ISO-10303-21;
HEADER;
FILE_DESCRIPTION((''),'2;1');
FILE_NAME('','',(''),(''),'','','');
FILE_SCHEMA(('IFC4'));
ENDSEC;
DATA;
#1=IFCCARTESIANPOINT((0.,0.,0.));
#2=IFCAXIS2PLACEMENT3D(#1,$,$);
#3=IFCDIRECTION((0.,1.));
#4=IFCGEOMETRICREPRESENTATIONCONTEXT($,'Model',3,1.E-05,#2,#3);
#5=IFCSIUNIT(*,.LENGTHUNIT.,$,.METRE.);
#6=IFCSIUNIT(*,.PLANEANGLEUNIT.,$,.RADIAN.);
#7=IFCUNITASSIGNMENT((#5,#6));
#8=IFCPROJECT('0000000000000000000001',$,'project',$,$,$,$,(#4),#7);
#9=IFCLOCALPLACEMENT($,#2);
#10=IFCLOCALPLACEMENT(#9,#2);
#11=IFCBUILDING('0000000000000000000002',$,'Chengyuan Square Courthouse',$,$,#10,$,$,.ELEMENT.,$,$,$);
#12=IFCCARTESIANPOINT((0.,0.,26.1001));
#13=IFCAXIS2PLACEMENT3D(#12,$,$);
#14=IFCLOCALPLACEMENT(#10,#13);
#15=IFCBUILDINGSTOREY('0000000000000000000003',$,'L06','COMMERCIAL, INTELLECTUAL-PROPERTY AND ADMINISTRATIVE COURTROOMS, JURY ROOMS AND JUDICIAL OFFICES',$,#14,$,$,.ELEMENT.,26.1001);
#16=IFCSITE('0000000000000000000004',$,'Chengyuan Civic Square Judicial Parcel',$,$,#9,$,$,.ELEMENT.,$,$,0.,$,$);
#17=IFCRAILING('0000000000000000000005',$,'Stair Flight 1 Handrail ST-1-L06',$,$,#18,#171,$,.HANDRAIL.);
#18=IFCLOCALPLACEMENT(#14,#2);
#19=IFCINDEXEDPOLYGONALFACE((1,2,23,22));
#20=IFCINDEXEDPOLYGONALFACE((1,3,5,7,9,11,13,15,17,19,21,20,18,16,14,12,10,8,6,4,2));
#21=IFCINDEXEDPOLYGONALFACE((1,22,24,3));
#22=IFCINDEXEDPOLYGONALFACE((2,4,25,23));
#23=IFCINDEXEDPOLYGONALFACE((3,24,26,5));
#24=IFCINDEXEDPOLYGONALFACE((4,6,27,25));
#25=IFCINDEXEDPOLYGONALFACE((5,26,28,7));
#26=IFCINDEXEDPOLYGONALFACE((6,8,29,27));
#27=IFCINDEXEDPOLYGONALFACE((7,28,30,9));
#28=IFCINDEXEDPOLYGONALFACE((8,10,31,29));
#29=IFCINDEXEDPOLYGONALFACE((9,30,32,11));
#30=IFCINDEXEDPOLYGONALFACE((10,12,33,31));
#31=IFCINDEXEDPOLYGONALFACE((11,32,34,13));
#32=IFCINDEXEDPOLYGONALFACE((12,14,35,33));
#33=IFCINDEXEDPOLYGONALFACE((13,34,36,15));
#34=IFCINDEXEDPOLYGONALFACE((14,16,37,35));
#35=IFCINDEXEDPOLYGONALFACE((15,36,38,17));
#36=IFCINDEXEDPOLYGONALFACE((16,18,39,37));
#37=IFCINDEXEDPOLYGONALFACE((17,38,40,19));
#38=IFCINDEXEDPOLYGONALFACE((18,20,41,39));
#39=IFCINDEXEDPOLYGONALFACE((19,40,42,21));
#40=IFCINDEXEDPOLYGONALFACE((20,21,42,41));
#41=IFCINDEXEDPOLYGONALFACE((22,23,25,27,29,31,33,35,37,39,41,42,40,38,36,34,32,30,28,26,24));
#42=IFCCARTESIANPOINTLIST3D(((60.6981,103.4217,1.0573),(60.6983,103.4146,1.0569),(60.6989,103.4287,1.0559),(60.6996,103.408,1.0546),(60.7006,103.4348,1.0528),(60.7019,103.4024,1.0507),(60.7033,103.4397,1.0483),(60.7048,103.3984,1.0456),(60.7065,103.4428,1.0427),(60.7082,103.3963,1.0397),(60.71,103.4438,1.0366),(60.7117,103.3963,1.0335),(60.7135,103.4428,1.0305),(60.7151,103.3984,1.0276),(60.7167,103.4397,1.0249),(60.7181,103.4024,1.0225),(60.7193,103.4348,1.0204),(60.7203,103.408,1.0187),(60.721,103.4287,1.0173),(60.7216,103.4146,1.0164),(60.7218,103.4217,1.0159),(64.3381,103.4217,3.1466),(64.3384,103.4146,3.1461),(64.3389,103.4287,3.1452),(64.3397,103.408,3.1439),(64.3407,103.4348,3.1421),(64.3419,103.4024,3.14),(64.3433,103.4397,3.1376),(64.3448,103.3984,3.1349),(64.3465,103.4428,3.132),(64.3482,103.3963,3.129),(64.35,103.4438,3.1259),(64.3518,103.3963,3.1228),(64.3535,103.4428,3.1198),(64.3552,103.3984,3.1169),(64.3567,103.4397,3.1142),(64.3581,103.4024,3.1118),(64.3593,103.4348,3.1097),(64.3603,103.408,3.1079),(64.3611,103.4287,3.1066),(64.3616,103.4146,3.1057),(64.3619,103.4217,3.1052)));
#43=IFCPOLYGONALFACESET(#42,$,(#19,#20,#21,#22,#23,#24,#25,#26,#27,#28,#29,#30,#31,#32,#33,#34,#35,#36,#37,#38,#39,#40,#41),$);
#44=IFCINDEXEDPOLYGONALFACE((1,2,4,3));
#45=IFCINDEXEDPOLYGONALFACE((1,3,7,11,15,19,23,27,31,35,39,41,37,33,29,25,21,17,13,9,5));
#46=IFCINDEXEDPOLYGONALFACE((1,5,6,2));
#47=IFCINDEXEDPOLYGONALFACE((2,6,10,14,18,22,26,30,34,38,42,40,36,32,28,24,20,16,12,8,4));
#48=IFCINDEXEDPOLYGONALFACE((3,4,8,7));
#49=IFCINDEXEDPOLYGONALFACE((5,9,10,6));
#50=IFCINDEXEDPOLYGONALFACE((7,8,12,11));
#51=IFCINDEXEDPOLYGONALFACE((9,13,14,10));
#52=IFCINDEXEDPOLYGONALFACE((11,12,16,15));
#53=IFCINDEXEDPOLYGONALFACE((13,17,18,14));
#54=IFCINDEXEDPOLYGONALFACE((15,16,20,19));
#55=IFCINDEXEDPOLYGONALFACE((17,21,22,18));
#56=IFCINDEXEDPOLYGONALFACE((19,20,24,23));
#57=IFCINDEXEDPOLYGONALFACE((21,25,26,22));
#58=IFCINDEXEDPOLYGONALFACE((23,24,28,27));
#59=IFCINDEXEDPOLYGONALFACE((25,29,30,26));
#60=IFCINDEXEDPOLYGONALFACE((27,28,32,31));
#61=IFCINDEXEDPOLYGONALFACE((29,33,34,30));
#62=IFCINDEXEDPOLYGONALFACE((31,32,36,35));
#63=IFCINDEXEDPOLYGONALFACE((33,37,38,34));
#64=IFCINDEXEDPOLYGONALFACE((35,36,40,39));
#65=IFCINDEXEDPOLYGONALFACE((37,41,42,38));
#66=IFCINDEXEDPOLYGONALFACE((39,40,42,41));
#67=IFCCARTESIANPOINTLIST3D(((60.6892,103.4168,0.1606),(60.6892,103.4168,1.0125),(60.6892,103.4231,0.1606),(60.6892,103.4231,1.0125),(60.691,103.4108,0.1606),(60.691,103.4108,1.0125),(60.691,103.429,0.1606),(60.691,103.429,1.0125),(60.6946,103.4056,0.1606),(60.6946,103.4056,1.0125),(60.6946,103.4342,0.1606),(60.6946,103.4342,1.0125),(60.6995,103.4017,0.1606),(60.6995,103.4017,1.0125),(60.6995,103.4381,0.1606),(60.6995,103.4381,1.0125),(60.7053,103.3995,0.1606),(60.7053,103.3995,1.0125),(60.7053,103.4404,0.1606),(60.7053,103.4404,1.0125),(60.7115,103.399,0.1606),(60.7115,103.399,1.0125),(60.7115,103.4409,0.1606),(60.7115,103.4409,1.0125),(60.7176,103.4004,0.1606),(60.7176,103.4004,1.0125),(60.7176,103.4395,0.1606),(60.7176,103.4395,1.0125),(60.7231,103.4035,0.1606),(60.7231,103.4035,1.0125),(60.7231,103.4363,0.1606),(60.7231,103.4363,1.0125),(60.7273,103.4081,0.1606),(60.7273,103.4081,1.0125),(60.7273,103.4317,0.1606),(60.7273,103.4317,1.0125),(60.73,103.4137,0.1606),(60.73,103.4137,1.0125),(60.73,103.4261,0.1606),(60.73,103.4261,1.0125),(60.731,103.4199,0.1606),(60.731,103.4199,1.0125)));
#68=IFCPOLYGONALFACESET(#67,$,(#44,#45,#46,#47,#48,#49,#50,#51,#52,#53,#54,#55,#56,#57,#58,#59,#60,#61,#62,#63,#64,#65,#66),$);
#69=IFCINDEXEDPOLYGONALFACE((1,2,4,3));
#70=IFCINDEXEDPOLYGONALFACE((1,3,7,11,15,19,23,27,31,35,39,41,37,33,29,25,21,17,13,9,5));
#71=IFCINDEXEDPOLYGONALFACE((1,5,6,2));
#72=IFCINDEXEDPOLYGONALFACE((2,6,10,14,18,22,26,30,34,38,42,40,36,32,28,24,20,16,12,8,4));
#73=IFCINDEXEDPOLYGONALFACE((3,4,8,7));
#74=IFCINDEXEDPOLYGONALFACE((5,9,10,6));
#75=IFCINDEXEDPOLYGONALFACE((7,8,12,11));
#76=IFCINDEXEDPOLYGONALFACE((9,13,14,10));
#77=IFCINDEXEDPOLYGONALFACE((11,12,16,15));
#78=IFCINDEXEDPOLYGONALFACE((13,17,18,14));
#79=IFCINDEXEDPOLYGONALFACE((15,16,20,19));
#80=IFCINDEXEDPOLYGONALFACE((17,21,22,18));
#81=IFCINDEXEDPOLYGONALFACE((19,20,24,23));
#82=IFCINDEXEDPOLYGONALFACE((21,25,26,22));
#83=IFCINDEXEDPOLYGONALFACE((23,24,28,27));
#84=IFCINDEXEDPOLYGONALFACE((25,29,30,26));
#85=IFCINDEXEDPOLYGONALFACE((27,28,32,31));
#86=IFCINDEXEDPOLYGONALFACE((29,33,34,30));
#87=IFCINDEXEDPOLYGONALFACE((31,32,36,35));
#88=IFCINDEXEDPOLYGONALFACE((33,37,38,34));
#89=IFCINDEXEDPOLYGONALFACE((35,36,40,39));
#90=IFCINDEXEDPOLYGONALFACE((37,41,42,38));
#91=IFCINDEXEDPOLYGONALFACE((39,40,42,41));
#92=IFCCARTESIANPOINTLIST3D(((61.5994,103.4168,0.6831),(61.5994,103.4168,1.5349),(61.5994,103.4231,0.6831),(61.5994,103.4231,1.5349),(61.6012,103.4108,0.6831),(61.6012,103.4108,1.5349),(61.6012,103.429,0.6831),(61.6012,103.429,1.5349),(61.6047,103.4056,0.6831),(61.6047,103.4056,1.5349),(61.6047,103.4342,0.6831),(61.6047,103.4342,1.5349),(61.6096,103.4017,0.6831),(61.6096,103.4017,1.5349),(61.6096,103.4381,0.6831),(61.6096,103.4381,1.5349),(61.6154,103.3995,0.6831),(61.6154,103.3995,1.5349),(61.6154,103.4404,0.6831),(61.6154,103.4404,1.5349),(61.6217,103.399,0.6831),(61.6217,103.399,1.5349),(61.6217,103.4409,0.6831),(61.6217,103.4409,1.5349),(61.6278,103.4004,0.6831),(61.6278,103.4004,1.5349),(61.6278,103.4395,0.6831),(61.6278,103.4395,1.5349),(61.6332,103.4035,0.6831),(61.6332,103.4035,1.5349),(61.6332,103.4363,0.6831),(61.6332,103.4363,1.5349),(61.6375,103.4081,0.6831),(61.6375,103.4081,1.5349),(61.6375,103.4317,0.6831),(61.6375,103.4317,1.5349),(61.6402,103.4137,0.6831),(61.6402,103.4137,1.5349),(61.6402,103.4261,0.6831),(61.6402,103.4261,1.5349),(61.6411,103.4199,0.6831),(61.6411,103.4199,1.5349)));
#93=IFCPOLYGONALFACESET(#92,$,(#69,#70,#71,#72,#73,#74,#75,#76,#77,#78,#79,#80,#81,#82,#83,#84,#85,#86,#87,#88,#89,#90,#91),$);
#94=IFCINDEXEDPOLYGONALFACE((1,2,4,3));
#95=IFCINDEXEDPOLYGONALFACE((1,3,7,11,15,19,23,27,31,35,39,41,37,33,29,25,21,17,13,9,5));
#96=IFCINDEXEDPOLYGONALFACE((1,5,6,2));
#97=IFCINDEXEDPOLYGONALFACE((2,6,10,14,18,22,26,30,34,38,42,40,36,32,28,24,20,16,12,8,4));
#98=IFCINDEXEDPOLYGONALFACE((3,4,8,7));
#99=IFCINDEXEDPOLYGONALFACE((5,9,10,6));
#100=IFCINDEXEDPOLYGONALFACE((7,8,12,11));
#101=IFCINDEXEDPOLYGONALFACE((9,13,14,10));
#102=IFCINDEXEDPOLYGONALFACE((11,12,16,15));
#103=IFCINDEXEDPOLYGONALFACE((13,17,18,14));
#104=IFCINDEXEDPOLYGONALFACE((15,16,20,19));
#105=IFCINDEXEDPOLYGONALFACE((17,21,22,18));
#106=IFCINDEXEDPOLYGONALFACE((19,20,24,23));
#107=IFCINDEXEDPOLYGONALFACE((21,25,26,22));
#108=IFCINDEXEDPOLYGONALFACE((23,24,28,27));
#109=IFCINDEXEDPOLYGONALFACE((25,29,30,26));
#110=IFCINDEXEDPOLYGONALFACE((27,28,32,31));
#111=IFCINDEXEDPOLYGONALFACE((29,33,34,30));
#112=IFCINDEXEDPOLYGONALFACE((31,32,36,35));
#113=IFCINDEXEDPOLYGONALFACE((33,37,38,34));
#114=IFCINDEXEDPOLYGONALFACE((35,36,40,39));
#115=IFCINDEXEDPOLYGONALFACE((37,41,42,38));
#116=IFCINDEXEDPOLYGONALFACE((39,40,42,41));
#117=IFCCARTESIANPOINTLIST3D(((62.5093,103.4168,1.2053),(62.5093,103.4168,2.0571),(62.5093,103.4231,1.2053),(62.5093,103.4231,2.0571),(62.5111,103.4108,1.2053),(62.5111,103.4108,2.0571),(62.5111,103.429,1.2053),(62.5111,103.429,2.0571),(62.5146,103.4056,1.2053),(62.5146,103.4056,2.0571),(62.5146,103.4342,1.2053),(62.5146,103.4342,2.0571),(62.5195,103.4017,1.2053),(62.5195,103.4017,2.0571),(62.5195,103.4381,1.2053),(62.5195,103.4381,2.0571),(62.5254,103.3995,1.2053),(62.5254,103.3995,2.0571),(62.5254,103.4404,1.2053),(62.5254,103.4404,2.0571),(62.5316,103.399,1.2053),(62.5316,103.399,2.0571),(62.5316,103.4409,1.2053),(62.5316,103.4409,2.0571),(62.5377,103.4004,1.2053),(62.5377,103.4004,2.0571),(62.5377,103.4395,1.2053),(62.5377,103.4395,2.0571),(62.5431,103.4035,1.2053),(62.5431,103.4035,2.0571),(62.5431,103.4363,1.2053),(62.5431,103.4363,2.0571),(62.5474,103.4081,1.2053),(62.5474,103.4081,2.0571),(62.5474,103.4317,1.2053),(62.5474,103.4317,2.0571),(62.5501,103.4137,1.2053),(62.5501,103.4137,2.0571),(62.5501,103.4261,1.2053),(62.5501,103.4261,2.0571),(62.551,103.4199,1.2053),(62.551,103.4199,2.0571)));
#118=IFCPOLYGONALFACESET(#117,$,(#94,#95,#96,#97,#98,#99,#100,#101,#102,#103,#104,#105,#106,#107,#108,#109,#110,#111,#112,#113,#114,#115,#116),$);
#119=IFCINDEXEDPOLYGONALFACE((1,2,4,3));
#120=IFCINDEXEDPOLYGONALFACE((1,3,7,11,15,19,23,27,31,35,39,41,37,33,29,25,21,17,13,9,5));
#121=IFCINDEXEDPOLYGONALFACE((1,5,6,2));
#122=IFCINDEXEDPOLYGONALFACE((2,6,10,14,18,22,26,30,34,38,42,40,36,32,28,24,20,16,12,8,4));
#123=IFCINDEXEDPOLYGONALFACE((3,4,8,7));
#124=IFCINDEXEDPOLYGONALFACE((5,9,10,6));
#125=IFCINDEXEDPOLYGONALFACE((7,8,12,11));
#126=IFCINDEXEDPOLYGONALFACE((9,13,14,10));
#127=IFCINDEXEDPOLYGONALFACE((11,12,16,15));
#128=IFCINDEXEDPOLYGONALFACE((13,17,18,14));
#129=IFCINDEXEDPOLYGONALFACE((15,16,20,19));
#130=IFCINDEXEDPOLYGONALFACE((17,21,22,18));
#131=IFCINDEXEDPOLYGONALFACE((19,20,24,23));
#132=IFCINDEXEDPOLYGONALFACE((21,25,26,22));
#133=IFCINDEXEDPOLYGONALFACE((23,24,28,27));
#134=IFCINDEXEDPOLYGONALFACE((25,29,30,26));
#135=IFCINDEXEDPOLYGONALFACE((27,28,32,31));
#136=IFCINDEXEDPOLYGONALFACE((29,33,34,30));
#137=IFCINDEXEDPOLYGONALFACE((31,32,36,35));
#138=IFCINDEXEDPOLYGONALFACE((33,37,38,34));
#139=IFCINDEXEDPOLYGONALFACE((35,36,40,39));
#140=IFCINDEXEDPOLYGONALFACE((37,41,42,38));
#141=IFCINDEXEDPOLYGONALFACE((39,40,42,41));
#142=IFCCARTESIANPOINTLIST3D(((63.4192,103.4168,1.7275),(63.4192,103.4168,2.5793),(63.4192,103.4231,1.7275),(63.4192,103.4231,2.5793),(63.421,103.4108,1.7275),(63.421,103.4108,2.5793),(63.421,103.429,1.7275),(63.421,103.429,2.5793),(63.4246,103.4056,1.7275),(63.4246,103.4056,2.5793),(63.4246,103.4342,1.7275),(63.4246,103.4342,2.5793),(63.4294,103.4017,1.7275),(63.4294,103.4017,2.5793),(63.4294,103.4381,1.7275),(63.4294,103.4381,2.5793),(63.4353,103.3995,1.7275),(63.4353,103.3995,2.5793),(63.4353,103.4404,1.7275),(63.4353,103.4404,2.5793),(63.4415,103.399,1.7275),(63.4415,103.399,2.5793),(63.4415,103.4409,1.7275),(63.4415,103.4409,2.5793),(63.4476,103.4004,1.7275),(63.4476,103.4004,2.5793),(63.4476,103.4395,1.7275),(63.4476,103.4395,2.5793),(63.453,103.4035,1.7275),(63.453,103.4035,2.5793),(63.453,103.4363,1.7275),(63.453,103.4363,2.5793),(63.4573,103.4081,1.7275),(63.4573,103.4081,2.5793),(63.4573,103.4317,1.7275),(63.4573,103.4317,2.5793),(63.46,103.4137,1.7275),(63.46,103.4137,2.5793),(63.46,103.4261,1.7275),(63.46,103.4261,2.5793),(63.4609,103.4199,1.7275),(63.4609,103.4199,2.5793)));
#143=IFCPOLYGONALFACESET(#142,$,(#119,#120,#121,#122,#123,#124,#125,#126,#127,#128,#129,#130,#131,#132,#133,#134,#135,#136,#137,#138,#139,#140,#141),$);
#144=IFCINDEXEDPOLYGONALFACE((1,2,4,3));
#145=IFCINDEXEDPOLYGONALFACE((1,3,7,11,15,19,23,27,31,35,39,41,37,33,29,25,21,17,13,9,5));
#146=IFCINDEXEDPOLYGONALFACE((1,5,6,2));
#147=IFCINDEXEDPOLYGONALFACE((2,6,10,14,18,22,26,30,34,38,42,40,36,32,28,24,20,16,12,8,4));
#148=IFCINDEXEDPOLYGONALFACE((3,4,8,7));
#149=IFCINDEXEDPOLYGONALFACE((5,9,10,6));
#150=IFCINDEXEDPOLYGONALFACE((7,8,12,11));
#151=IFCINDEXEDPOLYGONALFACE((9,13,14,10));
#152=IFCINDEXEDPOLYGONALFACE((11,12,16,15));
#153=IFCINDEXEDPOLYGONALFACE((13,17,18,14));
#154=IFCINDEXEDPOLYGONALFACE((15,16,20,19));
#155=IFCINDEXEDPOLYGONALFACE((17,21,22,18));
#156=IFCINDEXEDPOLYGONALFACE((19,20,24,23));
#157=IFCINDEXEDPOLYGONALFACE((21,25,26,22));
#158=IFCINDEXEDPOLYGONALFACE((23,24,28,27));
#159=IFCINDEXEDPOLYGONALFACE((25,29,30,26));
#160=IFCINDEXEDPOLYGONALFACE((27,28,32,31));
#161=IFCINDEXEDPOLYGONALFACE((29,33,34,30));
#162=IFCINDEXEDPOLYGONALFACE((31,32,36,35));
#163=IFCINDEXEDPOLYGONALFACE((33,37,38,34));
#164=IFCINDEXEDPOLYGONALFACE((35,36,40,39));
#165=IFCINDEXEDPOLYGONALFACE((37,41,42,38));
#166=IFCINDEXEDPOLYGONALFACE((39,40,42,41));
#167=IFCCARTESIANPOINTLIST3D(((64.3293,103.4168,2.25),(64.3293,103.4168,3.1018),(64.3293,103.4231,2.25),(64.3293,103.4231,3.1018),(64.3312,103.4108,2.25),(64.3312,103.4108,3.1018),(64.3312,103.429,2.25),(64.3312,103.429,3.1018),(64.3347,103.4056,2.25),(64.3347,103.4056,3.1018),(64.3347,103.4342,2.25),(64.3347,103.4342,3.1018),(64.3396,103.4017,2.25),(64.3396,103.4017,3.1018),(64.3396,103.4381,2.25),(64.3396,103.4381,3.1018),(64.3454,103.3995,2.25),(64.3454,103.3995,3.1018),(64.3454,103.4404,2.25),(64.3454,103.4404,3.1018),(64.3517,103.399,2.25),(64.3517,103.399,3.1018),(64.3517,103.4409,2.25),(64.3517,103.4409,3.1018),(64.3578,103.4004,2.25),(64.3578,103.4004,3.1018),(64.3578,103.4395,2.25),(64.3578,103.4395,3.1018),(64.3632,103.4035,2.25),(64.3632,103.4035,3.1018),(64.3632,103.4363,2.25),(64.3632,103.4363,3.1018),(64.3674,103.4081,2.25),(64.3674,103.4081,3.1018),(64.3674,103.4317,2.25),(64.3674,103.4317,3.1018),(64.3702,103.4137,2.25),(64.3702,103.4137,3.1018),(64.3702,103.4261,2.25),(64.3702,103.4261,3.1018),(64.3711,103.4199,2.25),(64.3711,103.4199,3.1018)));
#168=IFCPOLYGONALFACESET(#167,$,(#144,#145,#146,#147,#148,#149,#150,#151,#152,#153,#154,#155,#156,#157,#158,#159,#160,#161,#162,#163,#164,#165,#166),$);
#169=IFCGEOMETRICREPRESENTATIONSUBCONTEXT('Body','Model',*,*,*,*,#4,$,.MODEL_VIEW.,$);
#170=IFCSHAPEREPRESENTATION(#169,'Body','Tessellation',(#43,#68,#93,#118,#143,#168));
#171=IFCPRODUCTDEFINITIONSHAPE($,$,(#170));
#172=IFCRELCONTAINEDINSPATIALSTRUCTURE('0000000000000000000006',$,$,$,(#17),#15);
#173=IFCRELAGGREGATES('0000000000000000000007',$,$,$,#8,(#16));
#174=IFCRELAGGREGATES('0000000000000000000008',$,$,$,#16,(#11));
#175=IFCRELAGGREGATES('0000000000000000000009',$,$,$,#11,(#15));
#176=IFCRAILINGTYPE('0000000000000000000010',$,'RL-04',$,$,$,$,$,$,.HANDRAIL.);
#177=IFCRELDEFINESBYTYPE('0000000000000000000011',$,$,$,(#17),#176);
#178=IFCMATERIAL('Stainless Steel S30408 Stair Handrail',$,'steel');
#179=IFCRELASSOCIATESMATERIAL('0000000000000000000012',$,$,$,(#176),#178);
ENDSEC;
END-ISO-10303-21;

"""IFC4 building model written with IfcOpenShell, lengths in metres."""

from ifc_helpers import new_model, si_unit, direction, frame, origin, origin_2d, place, context, subcontext, project, spatial, circle, extrude, material, type_object, element, save


model = new_model("IFC4")

# Units and contexts
model_context = context("Model", 3, precision=1e-05, world=origin(), true_north=direction((0.0, 1.0)))
body_context = subcontext(model_context, "Body", "Model", "MODEL_VIEW")
ifc_project = project(units=[si_unit("LENGTHUNIT", "METRE"), si_unit("PLANEANGLEUNIT", "RADIAN")], contexts=[model_context])

# Site, building, storey
site_placement = place(None, origin())
site = spatial("IfcSite", under=ifc_project, at=site_placement, Name="Chengyuan Civic Square Judicial Parcel", CompositionType="ELEMENT", RefElevation=0.0)
building_placement = place(site_placement, origin())
building = spatial("IfcBuilding", under=site, at=building_placement, Name="Chengyuan Square Courthouse", CompositionType="ELEMENT")
storey_placement = place(building_placement, frame((0.0, 0.0, 26.1001)))
storey = spatial("IfcBuildingStorey", under=building, at=storey_placement, Name="L06", Description="COMMERCIAL, INTELLECTUAL-PROPERTY AND ADMINISTRATIVE COURTROOMS, JURY ROOMS AND JUDICIAL OFFICES", CompositionType="ELEMENT", Elevation=26.1001)

# Railing
ifc_material_1 = material(Name="Stainless Steel S30408 Stair Handrail", Category="steel")
railing_type_1 = type_object("IfcRailingType", Name="RL-04", PredefinedType="HANDRAIL", material=ifc_material_1)
railing_1_placement = place(storey_placement, frame((60.71, 103.4199, 0.1606)))
element("IfcRailing", 1, at=railing_1_placement, inside=storey, type_object=railing_type_1, Name="Stair Flight 1 Handrail ST-1-L06", PredefinedType="HANDRAIL", context=body_context, shape_type="SweptSolid", body=[
    extrude(circle(Radius=0.0239, at=origin_2d()), frame((0.0, 0.0, 0.876), z_axis=(0.867289, 0.0, 0.497804), x_axis=(0.0, 1.0, 0.0)), (0.0, 0.0, 1.0), 4.197),
    extrude(circle(Radius=0.021, at=origin_2d()), origin(), (0.0, 0.0, 1.0), 0.8518),
    extrude(circle(Radius=0.021, at=origin_2d()), frame((0.9102, 0.0, 0.5225)), (0.0, 0.0, 1.0), 0.8518),
    extrude(circle(Radius=0.021, at=origin_2d()), frame((1.8201, 0.0, 1.0447)), (0.0, 0.0, 1.0), 0.8518),
    extrude(circle(Radius=0.021, at=origin_2d()), frame((2.73, 0.0, 1.5669)), (0.0, 0.0, 1.0), 0.8518),
    extrude(circle(Radius=0.021, at=origin_2d()), frame((3.6401, 0.0, 2.0894)), (0.0, 0.0, 1.0), 0.8518),
])

save(model, "model.ifc")
